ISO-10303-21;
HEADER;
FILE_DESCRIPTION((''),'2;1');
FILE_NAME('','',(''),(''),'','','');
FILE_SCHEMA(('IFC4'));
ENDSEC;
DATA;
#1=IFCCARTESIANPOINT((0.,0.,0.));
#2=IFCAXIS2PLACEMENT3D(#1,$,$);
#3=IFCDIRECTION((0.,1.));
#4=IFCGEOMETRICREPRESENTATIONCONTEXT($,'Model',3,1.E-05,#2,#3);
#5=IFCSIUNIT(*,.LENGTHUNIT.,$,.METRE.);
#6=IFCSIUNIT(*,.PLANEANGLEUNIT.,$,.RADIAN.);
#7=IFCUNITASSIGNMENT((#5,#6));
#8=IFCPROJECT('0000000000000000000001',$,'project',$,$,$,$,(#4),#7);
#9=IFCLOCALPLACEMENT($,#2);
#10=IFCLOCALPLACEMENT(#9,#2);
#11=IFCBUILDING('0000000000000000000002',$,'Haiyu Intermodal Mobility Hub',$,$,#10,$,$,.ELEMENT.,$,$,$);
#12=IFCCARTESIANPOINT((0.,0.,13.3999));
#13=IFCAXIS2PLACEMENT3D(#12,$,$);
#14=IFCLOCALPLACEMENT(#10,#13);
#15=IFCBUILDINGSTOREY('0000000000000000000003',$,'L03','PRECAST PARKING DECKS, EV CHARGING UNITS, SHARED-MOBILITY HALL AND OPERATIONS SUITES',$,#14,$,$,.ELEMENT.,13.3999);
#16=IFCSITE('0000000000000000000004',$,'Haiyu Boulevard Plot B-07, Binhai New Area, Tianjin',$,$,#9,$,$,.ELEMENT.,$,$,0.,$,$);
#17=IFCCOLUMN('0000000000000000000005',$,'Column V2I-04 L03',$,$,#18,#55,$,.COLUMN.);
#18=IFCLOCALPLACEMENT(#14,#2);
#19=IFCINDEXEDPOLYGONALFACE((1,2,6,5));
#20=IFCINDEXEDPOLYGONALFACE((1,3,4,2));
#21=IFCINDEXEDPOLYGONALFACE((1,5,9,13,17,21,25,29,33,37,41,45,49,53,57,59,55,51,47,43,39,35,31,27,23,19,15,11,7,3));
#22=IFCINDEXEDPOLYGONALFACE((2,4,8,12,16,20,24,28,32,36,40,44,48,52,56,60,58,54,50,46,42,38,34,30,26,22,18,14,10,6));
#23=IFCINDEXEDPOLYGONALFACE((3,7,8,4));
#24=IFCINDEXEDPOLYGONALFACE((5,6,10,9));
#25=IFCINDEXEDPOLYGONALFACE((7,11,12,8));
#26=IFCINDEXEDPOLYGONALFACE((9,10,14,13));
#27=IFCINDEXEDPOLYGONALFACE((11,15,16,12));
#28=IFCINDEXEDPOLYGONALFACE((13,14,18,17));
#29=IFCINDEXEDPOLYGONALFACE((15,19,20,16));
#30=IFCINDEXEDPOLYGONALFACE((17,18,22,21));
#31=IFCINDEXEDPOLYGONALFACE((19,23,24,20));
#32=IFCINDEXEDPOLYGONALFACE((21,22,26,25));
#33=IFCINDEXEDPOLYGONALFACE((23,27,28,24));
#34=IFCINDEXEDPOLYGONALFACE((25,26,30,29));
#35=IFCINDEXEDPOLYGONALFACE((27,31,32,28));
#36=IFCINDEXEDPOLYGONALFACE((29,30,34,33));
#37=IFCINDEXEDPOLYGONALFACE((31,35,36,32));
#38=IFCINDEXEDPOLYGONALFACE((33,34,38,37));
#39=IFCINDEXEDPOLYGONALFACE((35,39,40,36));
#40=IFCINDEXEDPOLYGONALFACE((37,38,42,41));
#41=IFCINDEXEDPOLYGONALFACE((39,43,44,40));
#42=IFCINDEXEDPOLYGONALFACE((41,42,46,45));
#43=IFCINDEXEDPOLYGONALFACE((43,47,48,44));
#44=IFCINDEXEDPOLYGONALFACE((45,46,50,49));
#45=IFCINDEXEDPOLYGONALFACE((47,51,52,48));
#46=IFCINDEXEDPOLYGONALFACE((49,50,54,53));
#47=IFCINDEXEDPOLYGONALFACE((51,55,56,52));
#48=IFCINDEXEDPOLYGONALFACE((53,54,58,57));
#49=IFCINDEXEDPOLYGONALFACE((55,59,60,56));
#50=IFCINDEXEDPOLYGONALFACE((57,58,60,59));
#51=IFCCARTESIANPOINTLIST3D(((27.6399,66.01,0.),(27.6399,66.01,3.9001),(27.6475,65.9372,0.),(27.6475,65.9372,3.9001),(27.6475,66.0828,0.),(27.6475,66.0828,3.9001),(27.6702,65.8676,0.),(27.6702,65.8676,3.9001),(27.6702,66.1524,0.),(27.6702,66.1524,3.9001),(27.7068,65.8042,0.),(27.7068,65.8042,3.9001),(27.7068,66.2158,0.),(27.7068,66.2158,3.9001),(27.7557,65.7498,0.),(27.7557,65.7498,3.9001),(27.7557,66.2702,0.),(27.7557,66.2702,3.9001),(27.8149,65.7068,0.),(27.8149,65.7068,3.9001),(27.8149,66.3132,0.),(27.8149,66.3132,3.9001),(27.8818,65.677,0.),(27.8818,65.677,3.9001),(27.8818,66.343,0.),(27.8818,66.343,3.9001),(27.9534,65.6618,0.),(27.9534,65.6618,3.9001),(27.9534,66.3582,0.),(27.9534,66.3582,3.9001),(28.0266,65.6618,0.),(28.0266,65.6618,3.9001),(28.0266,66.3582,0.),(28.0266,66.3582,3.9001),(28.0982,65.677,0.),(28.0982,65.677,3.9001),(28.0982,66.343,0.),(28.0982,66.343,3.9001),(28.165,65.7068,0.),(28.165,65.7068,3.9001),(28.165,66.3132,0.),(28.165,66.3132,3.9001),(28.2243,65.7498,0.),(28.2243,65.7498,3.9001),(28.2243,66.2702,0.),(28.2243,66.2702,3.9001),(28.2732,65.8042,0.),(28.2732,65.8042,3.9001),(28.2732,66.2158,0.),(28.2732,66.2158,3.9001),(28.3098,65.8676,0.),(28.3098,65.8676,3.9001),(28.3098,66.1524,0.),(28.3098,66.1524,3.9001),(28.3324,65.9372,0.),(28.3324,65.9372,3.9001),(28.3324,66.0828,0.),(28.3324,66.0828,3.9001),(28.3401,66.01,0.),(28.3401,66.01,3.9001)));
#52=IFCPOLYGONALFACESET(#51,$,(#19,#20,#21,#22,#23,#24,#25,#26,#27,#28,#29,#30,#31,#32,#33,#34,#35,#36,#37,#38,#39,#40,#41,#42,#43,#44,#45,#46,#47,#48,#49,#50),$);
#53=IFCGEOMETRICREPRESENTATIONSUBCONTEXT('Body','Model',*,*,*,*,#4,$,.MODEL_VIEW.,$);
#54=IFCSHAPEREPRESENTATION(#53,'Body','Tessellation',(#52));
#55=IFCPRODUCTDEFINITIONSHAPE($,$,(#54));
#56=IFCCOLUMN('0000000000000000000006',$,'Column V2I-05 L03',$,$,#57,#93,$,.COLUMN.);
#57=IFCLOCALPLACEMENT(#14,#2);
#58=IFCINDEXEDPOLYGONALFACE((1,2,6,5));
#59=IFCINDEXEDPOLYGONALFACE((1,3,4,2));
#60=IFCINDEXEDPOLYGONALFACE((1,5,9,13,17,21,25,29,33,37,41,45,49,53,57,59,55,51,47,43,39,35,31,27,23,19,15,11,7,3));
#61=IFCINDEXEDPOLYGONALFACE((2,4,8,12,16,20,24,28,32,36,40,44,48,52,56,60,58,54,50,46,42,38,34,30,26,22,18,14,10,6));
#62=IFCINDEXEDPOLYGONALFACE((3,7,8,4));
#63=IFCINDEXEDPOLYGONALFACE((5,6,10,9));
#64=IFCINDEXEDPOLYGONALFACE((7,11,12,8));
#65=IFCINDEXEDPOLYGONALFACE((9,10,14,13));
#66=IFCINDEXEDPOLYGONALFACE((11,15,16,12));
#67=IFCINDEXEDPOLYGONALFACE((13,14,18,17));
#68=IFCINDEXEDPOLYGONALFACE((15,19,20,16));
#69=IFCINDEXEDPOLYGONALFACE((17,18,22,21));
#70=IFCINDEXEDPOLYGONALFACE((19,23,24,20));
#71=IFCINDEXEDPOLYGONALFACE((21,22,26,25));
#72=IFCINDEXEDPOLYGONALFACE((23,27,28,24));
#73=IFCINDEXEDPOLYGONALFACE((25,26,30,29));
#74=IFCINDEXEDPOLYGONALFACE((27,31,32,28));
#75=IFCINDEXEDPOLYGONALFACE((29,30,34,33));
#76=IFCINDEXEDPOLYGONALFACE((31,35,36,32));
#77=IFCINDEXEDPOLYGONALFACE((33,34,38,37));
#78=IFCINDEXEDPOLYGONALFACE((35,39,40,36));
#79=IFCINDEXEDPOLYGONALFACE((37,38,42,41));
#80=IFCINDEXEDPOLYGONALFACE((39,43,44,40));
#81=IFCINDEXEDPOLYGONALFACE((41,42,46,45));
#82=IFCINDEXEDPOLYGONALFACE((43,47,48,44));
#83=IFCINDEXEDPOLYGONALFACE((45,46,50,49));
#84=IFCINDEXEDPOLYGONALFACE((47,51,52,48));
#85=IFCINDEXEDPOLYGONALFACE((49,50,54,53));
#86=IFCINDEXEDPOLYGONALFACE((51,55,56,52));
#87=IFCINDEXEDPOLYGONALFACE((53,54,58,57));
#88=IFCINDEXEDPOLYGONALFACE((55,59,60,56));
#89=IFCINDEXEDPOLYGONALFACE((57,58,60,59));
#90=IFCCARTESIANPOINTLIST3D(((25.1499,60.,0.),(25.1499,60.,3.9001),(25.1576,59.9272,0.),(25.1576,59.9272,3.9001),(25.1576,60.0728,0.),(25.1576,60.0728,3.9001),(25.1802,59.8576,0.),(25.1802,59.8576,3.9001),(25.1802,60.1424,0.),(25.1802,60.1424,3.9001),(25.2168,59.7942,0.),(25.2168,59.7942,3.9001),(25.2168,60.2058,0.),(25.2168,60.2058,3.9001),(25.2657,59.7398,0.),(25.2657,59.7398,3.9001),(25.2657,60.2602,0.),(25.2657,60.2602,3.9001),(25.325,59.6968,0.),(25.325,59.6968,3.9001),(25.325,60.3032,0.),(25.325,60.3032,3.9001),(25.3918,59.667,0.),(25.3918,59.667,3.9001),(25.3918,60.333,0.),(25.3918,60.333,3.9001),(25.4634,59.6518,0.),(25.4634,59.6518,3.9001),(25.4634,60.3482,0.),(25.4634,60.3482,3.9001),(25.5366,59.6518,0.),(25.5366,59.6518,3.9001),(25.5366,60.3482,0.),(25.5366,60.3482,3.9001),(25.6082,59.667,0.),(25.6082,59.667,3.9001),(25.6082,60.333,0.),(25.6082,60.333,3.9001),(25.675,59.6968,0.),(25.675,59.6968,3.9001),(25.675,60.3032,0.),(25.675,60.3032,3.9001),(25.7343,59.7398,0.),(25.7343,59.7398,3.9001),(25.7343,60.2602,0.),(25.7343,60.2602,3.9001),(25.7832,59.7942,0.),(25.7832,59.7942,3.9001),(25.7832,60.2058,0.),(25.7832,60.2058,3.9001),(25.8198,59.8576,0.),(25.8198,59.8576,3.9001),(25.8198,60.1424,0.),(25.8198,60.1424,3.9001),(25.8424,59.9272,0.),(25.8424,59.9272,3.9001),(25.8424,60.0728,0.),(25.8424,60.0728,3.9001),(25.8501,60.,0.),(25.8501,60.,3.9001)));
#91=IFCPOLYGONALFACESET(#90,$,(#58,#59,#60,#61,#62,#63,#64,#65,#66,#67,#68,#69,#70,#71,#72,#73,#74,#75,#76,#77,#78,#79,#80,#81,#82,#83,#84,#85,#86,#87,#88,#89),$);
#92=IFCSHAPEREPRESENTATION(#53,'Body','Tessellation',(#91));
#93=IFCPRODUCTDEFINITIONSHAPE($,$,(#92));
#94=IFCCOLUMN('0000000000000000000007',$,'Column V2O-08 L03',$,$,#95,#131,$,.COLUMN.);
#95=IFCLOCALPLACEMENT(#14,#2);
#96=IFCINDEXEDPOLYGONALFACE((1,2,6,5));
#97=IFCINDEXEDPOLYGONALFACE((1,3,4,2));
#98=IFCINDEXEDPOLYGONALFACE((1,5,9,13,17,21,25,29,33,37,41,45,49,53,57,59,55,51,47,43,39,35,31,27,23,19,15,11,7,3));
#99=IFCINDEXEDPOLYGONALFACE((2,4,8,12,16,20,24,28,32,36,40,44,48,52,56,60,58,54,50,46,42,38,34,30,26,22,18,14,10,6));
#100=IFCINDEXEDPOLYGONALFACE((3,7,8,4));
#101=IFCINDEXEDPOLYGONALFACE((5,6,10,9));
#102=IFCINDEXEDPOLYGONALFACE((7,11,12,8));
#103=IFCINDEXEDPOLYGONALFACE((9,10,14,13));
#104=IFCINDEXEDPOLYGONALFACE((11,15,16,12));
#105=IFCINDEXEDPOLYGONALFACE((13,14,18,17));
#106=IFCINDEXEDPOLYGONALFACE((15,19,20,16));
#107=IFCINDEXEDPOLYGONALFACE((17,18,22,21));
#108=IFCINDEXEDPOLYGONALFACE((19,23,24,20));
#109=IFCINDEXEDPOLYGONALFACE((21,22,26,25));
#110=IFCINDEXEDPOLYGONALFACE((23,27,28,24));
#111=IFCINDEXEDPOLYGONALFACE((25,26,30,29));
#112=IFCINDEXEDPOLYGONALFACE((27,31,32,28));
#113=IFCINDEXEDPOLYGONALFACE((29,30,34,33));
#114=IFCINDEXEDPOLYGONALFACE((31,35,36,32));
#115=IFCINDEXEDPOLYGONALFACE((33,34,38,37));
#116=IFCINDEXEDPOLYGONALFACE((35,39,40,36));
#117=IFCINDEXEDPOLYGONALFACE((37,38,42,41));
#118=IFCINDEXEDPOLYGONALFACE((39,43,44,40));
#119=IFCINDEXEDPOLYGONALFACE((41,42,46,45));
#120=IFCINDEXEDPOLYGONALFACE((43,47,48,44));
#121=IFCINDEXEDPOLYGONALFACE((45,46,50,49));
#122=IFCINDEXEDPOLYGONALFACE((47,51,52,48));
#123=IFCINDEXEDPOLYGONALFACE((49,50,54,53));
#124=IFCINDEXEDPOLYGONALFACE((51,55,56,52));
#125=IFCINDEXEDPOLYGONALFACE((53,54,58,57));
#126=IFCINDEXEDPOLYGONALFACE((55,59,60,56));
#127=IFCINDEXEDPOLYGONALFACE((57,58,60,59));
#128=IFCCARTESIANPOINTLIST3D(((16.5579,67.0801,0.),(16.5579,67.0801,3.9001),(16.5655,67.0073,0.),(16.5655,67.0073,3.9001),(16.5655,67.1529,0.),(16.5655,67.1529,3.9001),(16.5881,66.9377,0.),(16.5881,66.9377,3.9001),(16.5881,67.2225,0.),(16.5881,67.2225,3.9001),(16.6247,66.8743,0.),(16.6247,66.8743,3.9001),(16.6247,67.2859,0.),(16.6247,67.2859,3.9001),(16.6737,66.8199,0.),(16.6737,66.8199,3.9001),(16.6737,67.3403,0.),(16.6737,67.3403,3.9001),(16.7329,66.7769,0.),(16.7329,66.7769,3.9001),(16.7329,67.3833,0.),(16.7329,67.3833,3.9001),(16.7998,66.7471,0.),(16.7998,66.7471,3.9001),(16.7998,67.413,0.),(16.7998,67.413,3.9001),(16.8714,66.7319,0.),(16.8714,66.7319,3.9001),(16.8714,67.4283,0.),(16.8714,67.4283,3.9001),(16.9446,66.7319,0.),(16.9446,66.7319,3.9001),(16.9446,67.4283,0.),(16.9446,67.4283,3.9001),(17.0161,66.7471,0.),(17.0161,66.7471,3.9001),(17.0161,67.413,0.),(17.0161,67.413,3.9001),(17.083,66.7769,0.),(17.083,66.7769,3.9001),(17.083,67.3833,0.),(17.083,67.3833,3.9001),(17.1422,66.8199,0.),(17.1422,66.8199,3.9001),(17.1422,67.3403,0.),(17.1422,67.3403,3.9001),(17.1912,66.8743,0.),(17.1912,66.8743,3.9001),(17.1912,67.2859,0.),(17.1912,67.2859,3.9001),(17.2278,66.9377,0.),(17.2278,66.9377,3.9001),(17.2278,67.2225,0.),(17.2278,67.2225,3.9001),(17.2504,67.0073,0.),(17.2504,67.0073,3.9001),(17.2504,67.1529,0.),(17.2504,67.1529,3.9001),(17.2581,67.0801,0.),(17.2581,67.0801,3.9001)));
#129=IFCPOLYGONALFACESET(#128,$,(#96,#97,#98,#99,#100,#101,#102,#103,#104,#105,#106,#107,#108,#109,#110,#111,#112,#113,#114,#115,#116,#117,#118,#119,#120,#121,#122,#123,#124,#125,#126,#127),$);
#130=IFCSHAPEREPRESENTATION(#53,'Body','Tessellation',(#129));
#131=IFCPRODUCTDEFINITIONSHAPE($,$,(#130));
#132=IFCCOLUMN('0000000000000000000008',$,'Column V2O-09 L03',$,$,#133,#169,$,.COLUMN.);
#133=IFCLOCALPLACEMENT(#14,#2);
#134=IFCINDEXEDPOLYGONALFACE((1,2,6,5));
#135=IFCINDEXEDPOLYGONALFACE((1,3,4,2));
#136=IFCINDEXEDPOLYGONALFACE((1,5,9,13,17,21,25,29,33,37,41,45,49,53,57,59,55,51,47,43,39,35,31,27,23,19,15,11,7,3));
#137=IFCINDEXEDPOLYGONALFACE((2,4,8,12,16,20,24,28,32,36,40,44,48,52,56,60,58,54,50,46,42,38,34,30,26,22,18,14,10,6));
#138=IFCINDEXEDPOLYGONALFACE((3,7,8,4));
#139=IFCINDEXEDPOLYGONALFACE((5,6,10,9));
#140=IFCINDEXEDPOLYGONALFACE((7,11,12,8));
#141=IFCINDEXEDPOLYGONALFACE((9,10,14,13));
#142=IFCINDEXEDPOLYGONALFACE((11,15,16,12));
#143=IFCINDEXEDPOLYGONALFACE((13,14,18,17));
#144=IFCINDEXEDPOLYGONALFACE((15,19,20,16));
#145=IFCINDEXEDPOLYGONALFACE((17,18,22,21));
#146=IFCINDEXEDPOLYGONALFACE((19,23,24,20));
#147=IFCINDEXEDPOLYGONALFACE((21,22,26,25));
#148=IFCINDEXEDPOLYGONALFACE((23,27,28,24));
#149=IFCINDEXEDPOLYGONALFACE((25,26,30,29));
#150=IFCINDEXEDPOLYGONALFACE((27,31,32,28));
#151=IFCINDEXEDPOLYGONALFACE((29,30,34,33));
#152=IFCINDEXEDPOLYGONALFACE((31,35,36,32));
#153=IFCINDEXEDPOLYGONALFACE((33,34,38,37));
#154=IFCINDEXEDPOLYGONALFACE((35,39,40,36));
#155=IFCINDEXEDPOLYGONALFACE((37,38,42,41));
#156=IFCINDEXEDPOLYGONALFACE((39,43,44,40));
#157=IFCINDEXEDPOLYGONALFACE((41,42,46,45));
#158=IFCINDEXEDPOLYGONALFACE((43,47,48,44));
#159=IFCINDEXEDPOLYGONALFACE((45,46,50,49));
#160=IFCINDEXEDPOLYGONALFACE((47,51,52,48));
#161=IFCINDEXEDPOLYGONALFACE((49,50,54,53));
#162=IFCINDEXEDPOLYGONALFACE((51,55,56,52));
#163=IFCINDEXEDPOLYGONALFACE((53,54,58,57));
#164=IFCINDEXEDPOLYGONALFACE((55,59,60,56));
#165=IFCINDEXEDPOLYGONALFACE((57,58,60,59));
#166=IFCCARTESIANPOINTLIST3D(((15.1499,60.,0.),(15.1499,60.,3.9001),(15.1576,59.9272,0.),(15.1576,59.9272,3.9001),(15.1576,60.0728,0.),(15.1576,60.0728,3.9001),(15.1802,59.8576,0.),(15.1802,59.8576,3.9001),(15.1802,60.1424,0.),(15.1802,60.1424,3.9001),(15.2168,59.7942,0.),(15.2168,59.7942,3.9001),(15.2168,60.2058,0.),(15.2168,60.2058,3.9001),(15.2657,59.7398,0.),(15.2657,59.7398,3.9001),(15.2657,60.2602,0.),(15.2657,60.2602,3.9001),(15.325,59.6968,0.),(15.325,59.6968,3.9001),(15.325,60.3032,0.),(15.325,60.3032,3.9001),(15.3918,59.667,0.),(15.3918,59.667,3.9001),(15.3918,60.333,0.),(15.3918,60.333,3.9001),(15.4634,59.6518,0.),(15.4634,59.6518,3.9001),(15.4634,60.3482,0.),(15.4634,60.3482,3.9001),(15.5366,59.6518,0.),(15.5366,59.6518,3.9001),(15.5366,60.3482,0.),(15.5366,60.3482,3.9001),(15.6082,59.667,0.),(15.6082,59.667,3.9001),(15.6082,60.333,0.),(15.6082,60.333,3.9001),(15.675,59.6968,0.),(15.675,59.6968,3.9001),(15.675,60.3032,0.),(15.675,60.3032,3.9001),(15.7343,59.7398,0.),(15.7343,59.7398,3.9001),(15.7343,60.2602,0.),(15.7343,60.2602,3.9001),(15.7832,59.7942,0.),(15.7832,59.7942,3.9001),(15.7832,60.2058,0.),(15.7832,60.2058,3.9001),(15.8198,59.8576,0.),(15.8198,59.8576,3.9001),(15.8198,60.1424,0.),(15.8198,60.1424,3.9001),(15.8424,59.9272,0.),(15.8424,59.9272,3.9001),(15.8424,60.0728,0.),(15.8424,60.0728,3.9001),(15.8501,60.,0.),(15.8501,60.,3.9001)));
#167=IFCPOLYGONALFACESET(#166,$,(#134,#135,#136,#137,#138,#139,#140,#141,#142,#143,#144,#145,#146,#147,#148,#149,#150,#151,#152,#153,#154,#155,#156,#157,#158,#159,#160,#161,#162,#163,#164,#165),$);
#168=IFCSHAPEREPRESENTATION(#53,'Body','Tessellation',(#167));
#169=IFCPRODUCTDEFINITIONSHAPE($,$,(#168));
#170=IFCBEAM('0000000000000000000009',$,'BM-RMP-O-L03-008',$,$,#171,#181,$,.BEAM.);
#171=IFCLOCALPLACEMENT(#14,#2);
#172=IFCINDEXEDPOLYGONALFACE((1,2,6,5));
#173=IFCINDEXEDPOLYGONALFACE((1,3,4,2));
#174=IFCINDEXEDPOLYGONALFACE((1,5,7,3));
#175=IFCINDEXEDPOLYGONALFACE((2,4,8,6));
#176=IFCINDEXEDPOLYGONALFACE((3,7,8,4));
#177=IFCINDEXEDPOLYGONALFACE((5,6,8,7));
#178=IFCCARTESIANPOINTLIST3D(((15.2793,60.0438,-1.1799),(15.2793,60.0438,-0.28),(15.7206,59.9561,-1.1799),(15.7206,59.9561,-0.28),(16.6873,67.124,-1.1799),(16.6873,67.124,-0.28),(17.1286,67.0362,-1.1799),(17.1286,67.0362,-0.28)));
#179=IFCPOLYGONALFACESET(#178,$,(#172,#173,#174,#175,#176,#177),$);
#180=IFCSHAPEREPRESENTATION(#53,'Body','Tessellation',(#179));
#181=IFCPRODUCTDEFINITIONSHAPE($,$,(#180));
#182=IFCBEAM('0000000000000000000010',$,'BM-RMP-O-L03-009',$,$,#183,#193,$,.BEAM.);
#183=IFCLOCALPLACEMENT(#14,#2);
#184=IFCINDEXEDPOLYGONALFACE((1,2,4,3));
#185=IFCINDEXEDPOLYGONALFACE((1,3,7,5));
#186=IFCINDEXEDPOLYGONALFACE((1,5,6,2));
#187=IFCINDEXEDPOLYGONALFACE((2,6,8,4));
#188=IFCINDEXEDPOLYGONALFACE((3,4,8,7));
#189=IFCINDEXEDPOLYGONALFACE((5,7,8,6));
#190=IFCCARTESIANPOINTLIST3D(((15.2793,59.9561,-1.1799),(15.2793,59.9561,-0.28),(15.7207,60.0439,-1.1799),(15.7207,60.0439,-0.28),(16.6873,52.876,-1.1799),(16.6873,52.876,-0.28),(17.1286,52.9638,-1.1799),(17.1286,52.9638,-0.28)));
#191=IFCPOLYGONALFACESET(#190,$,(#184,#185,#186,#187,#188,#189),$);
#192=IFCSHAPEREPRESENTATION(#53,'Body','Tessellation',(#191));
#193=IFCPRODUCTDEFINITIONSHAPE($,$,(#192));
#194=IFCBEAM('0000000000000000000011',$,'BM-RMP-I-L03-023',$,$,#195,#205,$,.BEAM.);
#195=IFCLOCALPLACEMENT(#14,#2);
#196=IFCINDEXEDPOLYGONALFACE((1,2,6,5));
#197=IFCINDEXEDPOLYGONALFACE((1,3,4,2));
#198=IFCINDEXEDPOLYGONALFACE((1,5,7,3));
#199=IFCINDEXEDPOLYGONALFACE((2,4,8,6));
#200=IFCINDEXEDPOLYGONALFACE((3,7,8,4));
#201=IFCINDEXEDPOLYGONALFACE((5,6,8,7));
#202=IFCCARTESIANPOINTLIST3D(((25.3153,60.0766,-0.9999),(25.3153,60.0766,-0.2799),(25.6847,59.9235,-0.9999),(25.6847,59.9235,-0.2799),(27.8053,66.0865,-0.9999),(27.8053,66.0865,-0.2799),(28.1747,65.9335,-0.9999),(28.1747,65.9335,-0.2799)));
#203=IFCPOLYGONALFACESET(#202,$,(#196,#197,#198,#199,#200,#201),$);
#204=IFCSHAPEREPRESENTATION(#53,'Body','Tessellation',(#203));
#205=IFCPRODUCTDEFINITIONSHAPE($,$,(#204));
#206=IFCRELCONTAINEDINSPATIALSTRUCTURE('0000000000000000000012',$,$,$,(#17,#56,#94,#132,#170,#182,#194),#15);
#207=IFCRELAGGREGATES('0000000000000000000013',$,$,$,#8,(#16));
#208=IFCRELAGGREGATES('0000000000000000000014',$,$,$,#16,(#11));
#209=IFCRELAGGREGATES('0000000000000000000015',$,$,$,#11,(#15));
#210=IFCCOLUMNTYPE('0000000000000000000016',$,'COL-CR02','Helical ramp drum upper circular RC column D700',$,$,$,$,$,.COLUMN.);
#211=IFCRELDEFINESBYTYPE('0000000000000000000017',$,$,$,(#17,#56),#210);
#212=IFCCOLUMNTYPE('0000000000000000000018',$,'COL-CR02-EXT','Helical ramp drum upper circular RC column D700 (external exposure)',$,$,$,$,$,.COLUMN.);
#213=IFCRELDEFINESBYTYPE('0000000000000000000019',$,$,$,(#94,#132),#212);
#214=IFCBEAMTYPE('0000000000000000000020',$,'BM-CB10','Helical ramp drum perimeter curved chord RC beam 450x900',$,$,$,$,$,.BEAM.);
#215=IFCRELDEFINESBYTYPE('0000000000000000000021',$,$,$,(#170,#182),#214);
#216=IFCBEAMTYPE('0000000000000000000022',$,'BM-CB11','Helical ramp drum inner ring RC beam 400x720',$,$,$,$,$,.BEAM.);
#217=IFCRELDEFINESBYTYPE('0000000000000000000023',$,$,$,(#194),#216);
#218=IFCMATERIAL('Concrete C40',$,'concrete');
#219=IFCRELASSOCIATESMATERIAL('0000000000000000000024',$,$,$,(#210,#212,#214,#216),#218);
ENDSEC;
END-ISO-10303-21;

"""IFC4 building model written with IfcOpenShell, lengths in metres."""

from ifc_helpers import new_model, si_unit, direction, frame, origin, origin_2d, place, context, subcontext, project, spatial, rectangle, circle, extrude, material, material_profile, profile_set, type_object, element, save


model = new_model("IFC4")

# Units and contexts
model_context = context("Model", 3, precision=1e-05, world=origin(), true_north=direction((0.0, 1.0)))
body_context = subcontext(model_context, "Body", "Model", "MODEL_VIEW")
ifc_project = project(units=[si_unit("LENGTHUNIT", "METRE"), si_unit("PLANEANGLEUNIT", "RADIAN")], contexts=[model_context])

# Site, building, storey
site_placement = place(None, origin())
site = spatial("IfcSite", under=ifc_project, at=site_placement, Name="Haiyu Boulevard Plot B-07, Binhai New Area, Tianjin", CompositionType="ELEMENT", RefElevation=0.0)
building_placement = place(site_placement, origin())
building = spatial("IfcBuilding", under=site, at=building_placement, Name="Haiyu Intermodal Mobility Hub", CompositionType="ELEMENT")
storey_placement = place(building_placement, frame((0.0, 0.0, 13.3999)))
storey = spatial("IfcBuildingStorey", under=building, at=storey_placement, Name="L03", Description="PRECAST PARKING DECKS, EV CHARGING UNITS, SHARED-MOBILITY HALL AND OPERATIONS SUITES", CompositionType="ELEMENT", Elevation=13.3999)

# Columns
ifc_material_1 = material(Name="Concrete C40", Category="concrete")
ifc_material_profile_1 = material_profile(ifc_material_1, circle(Radius=0.3501, at=origin_2d()), Name="RCCOL-D700")
ifc_profile_set_1 = profile_set([ifc_material_profile_1], Name="Concrete C40")
column_type_1 = type_object("IfcColumnType", Name="COL-CR02", Description="Helical ramp drum upper circular RC column D700", PredefinedType="COLUMN", material=ifc_profile_set_1)
for number, where, z_axis, x_axis, name in (
    (1, (27.99, 66.01, 0.0), (0.0, 0.0, 1.0), (1.0, 0.0, 0.0), "Column V2I-04 L03"),
    (2, (25.5, 60.0, 0.0), (0.0, 0.0, 1.0), (1.0, 0.0, 0.0), "Column V2I-05 L03"),
):
    element("IfcColumn", number, at=place(storey_placement, frame(where, z_axis=z_axis, x_axis=x_axis)), inside=storey, type_object=column_type_1, Name=name, PredefinedType="COLUMN", context=body_context, shape_type="SweptSolid", body=[
        extrude(circle(Radius=0.3501, at=origin_2d()), origin(), (0.0, 0.0, 1.0), 3.9001),
    ])
ifc_material_profile_2 = material_profile(ifc_material_1, circle(Radius=0.3501, at=origin_2d()), Name="RCCOL-D700")
ifc_profile_set_2 = profile_set([ifc_material_profile_2], Name="Concrete C40")
column_type_2 = type_object("IfcColumnType", Name="COL-CR02-EXT", Description="Helical ramp drum upper circular RC column D700 (external exposure)", PredefinedType="COLUMN", material=ifc_profile_set_2)
for number, where, z_axis, x_axis, name in (
    (3, (16.908, 67.0801, 0.0), (0.0, 0.0, 1.0), (1.0, 0.0, 0.0), "Column V2O-08 L03"),
    (4, (15.5, 60.0, 0.0), (0.0, 0.0, 1.0), (1.0, 0.0, 0.0), "Column V2O-09 L03"),
):
    element("IfcColumn", number, at=place(storey_placement, frame(where, z_axis=z_axis, x_axis=x_axis)), inside=storey, type_object=column_type_2, Name=name, PredefinedType="COLUMN", context=body_context, shape_type="SweptSolid", body=[
        extrude(circle(Radius=0.3501, at=origin_2d()), origin(), (0.0, 0.0, 1.0), 3.9001),
    ])

# Beams
ifc_material_profile_3 = material_profile(ifc_material_1, rectangle(XDim=0.45, YDim=0.8999, at=origin_2d()), Name="RCB450x900")
ifc_profile_set_3 = profile_set([ifc_material_profile_3], Name="Concrete C40")
beam_type_1 = type_object("IfcBeamType", Name="BM-CB10", Description="Helical ramp drum perimeter curved chord RC beam 450x900", PredefinedType="BEAM", material=ifc_profile_set_3)
for number, where, z_axis, x_axis, name in (
    (5, (16.908, 67.0801, -0.73), (-0.195043, -0.980795, 0.0), (0.980795, -0.195043, 0.0), "BM-RMP-O-L03-008"),
    (6, (15.5, 60.0, -0.73), (0.195043, -0.980795, 0.0), (0.980795, 0.195043, 0.0), "BM-RMP-O-L03-009"),
):
    element("IfcBeam", number, at=place(storey_placement, frame(where, z_axis=z_axis, x_axis=x_axis)), inside=storey, type_object=beam_type_1, Name=name, PredefinedType="BEAM", context=body_context, shape_type="SweptSolid", body=[
        extrude(rectangle(XDim=0.45, YDim=0.8999, at=origin_2d()), origin(), (0.0, 0.0, 1.0), 7.2188),
    ])
ifc_material_profile_4 = material_profile(ifc_material_1, rectangle(XDim=0.3999, YDim=0.72, at=origin_2d()), Name="RCB400x720")
ifc_profile_set_4 = profile_set([ifc_material_profile_4], Name="Concrete C40")
beam_type_2 = type_object("IfcBeamType", Name="BM-CB11", Description="Helical ramp drum inner ring RC beam 400x720", PredefinedType="BEAM", material=ifc_profile_set_4)
beam_1_placement = place(storey_placement, frame((27.99, 66.01, -0.6399), z_axis=(-0.382757, -0.923849, 0.0), x_axis=(0.923849, -0.382757, 0.0)))
element("IfcBeam", 7, at=beam_1_placement, inside=storey, type_object=beam_type_2, Name="BM-RMP-I-L03-023", PredefinedType="BEAM", context=body_context, shape_type="SweptSolid", body=[
    extrude(rectangle(XDim=0.3999, YDim=0.72, at=origin_2d()), origin(), (0.0, 0.0, 1.0), 6.5054),
])

save(model, "model.ifc")
